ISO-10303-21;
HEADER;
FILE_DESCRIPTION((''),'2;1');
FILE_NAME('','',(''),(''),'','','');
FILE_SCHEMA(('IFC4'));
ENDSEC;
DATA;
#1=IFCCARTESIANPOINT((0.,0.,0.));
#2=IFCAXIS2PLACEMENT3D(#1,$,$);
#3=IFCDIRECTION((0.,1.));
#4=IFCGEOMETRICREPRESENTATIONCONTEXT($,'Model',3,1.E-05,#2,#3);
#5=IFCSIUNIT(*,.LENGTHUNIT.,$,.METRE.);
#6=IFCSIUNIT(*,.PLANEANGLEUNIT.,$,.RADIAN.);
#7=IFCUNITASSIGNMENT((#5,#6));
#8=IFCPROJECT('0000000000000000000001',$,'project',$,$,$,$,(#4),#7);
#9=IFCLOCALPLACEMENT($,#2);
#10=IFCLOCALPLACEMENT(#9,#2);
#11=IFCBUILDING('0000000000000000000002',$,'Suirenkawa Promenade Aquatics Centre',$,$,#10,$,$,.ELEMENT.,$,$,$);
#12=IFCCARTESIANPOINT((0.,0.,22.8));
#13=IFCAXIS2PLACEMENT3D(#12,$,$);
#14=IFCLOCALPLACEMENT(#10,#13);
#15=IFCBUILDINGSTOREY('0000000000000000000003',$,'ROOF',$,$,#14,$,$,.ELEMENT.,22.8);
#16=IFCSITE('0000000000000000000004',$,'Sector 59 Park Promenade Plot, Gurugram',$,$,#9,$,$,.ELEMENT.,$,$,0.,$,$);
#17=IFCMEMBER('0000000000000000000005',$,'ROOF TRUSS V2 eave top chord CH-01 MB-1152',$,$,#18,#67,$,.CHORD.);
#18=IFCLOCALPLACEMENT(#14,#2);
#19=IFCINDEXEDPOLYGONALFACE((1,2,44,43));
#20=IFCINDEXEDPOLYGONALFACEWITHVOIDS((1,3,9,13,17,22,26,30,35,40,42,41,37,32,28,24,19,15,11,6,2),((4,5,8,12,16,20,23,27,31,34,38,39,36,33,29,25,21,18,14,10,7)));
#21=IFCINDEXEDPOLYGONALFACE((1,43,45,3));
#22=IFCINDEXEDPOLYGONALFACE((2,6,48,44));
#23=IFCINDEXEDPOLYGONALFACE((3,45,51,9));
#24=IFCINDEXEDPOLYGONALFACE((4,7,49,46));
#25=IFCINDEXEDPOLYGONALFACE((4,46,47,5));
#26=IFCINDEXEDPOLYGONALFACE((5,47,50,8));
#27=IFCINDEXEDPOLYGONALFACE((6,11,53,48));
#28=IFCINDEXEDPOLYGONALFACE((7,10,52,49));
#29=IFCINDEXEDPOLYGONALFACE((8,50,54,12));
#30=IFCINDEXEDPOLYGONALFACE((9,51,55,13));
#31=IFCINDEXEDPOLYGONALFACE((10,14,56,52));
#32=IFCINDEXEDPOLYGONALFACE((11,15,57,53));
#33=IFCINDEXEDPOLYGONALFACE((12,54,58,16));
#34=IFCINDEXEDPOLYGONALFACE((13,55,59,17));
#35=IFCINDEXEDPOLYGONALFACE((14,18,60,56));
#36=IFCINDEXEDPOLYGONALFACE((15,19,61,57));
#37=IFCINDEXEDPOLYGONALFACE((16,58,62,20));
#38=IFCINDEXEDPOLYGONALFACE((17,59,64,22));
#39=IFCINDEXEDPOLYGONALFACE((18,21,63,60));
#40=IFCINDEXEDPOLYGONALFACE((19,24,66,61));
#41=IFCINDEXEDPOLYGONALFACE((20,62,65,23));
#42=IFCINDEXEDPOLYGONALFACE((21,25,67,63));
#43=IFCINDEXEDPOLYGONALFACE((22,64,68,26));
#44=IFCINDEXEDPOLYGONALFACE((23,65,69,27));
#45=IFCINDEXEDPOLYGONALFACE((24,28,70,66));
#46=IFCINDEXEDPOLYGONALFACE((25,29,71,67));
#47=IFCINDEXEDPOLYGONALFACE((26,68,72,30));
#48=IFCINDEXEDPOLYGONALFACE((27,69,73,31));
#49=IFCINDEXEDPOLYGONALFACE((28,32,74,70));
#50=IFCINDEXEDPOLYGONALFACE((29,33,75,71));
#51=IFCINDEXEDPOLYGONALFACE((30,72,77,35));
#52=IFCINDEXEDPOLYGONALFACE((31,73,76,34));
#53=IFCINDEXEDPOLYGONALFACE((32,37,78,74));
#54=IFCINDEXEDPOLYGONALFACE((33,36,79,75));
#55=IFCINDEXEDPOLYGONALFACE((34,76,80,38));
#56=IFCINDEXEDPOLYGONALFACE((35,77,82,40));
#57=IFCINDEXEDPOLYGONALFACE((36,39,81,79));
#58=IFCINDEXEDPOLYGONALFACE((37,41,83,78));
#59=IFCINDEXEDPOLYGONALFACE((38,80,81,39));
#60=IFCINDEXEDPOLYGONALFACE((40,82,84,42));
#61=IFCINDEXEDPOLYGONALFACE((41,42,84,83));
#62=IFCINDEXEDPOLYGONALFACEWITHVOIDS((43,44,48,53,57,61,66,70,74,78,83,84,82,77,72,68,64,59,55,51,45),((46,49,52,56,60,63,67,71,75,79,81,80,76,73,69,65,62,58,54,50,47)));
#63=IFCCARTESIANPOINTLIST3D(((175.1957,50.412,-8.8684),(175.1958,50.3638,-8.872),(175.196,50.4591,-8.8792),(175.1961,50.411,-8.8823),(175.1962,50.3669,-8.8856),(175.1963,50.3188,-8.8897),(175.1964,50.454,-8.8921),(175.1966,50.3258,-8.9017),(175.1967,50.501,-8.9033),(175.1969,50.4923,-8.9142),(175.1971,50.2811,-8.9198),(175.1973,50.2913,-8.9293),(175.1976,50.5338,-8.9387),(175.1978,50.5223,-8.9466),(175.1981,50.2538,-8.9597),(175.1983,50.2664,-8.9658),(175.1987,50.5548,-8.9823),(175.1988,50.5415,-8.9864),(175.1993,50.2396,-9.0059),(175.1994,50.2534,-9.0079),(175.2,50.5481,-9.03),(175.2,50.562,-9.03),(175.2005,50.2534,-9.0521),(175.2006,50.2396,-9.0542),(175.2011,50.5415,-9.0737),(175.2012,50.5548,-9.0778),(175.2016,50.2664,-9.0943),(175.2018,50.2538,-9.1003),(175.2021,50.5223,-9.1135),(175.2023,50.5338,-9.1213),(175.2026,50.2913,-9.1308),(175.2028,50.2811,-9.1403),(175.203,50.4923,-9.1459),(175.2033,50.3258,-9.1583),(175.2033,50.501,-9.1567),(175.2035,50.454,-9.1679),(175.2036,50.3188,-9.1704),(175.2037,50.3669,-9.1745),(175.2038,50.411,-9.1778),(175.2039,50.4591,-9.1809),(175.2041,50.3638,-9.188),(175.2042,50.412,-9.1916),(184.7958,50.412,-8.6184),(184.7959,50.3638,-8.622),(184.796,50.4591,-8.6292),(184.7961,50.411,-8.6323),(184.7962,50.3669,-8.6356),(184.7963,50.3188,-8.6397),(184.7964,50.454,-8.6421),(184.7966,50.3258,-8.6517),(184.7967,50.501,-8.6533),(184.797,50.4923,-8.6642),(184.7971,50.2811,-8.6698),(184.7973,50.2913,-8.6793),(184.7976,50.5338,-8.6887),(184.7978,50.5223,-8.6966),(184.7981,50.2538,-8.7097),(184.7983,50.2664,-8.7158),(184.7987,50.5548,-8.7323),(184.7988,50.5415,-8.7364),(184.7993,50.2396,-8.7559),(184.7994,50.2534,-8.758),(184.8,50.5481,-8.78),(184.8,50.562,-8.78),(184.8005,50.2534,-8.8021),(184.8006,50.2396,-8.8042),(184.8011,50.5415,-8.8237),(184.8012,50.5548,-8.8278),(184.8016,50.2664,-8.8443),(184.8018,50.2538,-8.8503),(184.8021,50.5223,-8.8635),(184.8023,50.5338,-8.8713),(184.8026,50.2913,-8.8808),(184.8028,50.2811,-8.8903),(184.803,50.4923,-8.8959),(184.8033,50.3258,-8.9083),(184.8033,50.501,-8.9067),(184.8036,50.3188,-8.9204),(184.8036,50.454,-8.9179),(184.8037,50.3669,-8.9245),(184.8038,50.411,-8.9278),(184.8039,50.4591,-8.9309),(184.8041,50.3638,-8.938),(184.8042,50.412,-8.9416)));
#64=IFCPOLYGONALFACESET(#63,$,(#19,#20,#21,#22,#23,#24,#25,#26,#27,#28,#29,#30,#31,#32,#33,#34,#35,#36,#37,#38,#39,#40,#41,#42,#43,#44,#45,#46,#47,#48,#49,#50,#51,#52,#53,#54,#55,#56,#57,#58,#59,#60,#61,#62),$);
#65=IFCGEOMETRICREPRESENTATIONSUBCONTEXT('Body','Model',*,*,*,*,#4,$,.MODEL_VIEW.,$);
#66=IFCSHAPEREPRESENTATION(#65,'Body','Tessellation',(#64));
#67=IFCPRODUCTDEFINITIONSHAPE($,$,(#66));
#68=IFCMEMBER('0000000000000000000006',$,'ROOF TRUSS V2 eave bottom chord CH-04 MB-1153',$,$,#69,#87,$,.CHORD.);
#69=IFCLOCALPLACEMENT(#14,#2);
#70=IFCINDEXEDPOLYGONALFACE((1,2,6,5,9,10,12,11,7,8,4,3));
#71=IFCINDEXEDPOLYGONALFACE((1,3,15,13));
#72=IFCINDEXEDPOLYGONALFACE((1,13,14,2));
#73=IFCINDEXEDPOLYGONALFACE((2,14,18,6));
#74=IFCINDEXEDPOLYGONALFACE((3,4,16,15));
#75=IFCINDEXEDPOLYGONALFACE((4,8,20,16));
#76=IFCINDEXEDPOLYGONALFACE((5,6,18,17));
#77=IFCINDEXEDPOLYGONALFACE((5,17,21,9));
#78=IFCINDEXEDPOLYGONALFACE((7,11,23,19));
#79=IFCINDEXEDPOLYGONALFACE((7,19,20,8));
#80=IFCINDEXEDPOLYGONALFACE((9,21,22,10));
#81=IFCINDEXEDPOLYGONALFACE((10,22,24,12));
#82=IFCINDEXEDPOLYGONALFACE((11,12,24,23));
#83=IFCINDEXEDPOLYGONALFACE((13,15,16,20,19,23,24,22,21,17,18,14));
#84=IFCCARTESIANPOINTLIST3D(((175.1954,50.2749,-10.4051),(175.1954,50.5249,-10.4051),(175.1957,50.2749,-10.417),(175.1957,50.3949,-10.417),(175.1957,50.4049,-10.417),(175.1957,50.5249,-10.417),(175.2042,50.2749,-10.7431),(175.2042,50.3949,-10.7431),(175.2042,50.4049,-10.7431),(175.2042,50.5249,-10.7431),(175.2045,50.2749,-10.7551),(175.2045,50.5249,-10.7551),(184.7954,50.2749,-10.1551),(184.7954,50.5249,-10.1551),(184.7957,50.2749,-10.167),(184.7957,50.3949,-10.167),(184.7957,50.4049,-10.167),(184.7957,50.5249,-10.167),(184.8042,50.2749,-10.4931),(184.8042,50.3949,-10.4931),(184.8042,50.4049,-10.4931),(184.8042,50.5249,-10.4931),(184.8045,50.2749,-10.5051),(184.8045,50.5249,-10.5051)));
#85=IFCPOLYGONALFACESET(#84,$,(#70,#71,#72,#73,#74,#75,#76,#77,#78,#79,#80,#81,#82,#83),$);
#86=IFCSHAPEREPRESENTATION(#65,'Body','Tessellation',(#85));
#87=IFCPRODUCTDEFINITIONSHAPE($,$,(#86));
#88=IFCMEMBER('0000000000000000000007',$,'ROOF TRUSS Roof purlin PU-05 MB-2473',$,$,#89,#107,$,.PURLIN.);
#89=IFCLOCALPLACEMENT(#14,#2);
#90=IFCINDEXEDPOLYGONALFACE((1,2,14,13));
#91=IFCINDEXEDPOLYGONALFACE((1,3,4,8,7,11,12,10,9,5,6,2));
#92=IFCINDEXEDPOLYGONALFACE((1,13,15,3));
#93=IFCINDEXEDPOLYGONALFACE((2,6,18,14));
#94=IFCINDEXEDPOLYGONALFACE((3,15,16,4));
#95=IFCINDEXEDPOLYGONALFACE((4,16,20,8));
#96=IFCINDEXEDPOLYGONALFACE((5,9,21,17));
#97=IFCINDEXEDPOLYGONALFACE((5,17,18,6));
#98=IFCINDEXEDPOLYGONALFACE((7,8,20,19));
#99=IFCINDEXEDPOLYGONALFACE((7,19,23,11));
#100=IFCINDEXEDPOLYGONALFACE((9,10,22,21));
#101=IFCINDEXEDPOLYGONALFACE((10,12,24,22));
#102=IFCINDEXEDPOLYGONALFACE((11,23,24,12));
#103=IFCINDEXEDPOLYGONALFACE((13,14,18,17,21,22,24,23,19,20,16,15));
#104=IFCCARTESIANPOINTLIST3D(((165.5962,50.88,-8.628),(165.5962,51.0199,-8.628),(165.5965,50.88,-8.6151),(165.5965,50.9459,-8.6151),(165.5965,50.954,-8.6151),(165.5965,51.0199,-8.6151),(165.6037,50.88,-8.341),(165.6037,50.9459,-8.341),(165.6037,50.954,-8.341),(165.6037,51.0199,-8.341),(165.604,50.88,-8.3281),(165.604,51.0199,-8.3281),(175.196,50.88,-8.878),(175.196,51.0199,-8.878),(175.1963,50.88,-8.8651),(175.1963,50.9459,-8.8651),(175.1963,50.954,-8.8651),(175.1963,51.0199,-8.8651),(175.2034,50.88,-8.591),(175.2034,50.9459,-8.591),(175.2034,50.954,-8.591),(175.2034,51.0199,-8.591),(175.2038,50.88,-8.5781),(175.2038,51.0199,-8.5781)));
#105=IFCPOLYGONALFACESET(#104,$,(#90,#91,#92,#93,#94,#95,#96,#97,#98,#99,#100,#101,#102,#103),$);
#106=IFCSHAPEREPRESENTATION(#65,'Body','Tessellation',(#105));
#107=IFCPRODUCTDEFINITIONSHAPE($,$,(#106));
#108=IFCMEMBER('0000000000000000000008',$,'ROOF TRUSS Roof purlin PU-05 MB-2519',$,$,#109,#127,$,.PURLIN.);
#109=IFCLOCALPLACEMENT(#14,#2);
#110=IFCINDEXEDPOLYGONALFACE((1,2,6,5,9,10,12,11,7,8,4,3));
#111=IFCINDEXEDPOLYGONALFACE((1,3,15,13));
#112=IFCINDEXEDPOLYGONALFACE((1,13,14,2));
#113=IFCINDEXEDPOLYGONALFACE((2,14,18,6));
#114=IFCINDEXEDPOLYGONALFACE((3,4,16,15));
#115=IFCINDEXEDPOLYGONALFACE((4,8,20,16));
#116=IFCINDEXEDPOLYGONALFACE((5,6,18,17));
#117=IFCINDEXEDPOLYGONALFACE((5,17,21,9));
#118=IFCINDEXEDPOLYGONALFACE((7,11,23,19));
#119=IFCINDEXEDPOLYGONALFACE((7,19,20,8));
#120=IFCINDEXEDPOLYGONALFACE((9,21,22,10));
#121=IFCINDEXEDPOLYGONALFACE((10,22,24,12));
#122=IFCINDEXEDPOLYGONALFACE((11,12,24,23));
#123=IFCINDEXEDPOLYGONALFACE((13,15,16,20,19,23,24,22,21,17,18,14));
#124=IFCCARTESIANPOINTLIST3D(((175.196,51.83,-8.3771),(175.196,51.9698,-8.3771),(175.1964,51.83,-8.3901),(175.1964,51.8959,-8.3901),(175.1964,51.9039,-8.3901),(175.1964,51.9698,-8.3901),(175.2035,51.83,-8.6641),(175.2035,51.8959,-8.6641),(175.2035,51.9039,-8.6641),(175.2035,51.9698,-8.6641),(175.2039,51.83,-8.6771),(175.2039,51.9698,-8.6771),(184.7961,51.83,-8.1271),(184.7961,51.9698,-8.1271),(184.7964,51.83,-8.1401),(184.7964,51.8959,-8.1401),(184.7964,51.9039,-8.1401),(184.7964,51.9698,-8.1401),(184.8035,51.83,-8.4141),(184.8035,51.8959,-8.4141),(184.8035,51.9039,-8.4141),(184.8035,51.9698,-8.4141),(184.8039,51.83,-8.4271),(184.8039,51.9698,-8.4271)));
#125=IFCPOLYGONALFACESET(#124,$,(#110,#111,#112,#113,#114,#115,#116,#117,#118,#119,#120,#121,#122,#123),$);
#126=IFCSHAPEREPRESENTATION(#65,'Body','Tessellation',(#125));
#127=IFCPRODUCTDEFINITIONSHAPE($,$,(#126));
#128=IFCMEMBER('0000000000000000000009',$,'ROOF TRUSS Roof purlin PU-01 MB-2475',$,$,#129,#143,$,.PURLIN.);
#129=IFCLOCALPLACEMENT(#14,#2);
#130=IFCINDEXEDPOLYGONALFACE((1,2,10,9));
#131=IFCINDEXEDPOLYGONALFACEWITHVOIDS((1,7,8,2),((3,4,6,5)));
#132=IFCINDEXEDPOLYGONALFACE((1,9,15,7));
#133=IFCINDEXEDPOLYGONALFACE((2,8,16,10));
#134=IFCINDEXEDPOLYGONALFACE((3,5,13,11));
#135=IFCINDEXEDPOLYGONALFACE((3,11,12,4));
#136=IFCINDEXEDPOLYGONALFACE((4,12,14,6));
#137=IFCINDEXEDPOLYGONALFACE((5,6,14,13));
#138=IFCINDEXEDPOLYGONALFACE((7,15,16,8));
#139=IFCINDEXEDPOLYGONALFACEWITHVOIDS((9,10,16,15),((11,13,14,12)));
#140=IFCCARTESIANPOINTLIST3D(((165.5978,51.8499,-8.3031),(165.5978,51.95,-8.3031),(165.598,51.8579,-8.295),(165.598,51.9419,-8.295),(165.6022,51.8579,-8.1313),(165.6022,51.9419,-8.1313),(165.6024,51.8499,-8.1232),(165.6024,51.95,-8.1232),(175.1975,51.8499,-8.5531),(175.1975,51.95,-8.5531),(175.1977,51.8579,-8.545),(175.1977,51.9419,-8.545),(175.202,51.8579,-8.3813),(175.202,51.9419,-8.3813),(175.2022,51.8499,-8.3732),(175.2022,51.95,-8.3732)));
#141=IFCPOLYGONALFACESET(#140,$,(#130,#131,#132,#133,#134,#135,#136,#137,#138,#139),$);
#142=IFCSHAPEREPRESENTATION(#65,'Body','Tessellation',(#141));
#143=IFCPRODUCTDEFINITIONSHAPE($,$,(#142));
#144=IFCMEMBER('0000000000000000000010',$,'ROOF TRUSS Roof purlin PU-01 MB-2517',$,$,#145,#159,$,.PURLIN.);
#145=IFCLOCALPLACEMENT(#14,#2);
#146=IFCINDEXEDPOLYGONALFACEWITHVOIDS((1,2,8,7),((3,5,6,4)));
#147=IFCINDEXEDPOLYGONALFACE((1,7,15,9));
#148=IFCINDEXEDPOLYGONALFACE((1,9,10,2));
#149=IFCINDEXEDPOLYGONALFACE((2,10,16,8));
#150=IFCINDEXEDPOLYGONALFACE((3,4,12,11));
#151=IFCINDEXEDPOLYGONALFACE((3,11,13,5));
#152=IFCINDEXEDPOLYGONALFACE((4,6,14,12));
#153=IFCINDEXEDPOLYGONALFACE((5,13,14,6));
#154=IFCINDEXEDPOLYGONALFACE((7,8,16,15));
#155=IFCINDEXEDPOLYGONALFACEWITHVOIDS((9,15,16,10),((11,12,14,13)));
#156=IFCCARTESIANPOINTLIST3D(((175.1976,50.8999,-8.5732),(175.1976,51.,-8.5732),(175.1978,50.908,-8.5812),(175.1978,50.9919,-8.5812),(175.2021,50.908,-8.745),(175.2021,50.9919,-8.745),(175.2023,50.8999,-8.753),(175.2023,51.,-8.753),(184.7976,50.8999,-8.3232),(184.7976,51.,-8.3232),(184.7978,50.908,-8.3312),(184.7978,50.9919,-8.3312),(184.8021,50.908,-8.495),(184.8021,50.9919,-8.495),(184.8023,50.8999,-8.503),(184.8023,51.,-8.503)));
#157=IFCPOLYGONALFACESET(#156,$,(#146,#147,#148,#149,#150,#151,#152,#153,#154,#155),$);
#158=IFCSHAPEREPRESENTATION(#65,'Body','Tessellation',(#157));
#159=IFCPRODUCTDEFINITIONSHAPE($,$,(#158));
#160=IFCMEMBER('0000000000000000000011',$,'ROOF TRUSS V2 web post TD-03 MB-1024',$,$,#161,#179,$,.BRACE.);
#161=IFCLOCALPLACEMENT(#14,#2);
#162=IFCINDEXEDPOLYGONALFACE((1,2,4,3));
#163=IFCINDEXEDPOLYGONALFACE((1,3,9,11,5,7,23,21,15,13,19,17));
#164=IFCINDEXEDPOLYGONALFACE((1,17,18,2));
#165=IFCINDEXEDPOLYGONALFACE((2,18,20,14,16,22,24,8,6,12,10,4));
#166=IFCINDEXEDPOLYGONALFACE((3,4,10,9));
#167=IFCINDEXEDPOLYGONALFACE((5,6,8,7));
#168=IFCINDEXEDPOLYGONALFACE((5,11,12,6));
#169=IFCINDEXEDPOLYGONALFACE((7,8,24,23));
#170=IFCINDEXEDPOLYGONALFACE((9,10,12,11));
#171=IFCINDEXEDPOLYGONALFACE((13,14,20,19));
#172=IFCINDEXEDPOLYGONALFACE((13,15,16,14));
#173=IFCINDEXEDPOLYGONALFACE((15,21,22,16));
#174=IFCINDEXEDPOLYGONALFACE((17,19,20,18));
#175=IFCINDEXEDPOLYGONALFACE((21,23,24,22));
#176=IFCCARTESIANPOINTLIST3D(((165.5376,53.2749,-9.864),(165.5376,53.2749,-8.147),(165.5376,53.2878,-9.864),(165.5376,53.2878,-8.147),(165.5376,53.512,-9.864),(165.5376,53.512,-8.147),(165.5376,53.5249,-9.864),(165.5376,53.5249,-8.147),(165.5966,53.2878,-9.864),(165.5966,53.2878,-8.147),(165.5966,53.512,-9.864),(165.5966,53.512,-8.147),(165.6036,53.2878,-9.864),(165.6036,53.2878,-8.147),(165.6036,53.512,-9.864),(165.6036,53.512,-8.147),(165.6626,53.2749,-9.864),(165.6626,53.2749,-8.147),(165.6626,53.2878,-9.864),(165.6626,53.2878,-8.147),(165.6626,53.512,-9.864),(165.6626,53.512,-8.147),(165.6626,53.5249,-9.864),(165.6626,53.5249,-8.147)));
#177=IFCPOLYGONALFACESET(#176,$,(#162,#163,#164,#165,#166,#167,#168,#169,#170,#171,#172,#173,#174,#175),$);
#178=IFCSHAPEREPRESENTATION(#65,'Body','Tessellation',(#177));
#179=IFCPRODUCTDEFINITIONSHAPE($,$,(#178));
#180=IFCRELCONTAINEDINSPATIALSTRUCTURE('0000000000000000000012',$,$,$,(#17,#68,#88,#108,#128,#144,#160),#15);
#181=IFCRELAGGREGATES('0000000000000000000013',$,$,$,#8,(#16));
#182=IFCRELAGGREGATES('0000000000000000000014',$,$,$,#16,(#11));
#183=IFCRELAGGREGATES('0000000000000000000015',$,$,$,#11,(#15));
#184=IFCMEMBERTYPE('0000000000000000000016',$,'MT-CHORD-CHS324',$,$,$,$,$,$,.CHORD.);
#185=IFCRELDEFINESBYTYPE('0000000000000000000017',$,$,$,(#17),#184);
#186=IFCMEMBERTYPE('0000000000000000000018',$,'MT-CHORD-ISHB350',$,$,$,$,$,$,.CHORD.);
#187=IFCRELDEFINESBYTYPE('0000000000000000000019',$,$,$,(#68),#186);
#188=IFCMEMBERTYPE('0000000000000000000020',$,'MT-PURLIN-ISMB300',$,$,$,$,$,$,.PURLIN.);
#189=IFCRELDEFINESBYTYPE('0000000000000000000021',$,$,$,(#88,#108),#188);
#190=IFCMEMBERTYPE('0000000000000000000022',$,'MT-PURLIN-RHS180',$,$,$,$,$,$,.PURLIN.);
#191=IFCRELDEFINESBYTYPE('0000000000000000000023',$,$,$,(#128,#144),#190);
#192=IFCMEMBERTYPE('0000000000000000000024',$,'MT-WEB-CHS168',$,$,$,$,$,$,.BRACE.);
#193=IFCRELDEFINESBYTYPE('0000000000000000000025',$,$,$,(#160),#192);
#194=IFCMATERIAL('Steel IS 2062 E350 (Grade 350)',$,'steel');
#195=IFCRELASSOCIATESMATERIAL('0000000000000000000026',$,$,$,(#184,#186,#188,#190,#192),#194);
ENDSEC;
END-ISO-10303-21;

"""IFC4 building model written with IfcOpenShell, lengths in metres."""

from ifc_helpers import new_model, si_unit, direction, frame, origin, origin_2d, place, context, subcontext, project, spatial, hollow_rectangle, hollow_circle, i_section, extrude, material, material_profile, profile_set, type_object, element, save


model = new_model("IFC4")

# Units and contexts
model_context = context("Model", 3, precision=1e-05, world=origin(), true_north=direction((0.0, 1.0)))
body_context = subcontext(model_context, "Body", "Model", "MODEL_VIEW")
ifc_project = project(units=[si_unit("LENGTHUNIT", "METRE"), si_unit("PLANEANGLEUNIT", "RADIAN")], contexts=[model_context])

# Site, building, storey
site_placement = place(None, origin())
site = spatial("IfcSite", under=ifc_project, at=site_placement, Name="Sector 59 Park Promenade Plot, Gurugram", CompositionType="ELEMENT", RefElevation=0.0)
building_placement = place(site_placement, origin())
building = spatial("IfcBuilding", under=site, at=building_placement, Name="Suirenkawa Promenade Aquatics Centre", CompositionType="ELEMENT")
storey_placement = place(building_placement, frame((0.0, 0.0, 22.8)))
storey = spatial("IfcBuildingStorey", under=building, at=storey_placement, Name="ROOF", CompositionType="ELEMENT", Elevation=22.8)

# Shared definitions
ifc_material_1 = material(Name="Steel IS 2062 E350 (Grade 350)", Category="steel")

# Members
ifc_material_profile_1 = material_profile(ifc_material_1, hollow_circle(Radius=0.1621, WallThickness=0.0139, at=origin_2d()), Name="CHS 324x14", Category="steel")
ifc_profile_set_1 = profile_set([ifc_material_profile_1], Name="Steel IS 2062 E350 (Grade 350)")
member_type_1 = type_object("IfcMemberType", Name="MT-CHORD-CHS324", PredefinedType="CHORD", material=ifc_profile_set_1)
member_1_placement = place(storey_placement, frame((175.2, 50.3999, -9.03), z_axis=(0.999661, 0.0, 0.026033), x_axis=(0.0, 1.0, 0.0)))
element("IfcMember", 1, at=member_1_placement, inside=storey, type_object=member_type_1, Name="ROOF TRUSS V2 eave top chord CH-01 MB-1152", PredefinedType="CHORD", context=body_context, shape_type="SweptSolid", body=[
    extrude(hollow_circle(Radius=0.1621, WallThickness=0.0139, at=origin_2d()), origin(), (0.0, 0.0, 1.0), 9.6033),
])
ifc_material_profile_2 = material_profile(ifc_material_1, i_section(OverallWidth=0.25, OverallDepth=0.3501, WebThickness=0.01, FlangeThickness=0.012, at=origin_2d()), Name="ISHB 350", Category="steel")
ifc_profile_set_2 = profile_set([ifc_material_profile_2], Name="Steel IS 2062 E350 (Grade 350)")
member_type_2 = type_object("IfcMemberType", Name="MT-CHORD-ISHB350", PredefinedType="CHORD", material=ifc_profile_set_2)
member_2_placement = place(storey_placement, frame((175.2, 50.3999, -10.5801), z_axis=(0.999661, 0.0, 0.026033), x_axis=(0.0, 1.0, 0.0)))
element("IfcMember", 2, at=member_2_placement, inside=storey, type_object=member_type_2, Name="ROOF TRUSS V2 eave bottom chord CH-04 MB-1153", PredefinedType="CHORD", context=body_context, shape_type="SweptSolid", body=[
    extrude(i_section(OverallWidth=0.25, OverallDepth=0.3501, WebThickness=0.01, FlangeThickness=0.012, at=origin_2d()), origin(), (0.0, 0.0, 1.0), 9.6033),
])
ifc_material_profile_3 = material_profile(ifc_material_1, i_section(OverallWidth=0.1399, OverallDepth=0.3, WebThickness=0.0081, FlangeThickness=0.0129, at=origin_2d()), Name="ISMB 300", Category="steel")
ifc_profile_set_3 = profile_set([ifc_material_profile_3], Name="Steel IS 2062 E350 (Grade 350)")
member_type_3 = type_object("IfcMemberType", Name="MT-PURLIN-ISMB300", PredefinedType="PURLIN", material=ifc_profile_set_3)
member_3_placement = place(storey_placement, frame((165.6001, 50.95, -8.478), z_axis=(0.999661, 0.0, -0.026033), x_axis=(0.0, 1.0, 0.0)))
element("IfcMember", 3, at=member_3_placement, inside=storey, type_object=member_type_3, Name="ROOF TRUSS Roof purlin PU-05 MB-2473", PredefinedType="PURLIN", context=body_context, shape_type="SweptSolid", body=[
    extrude(i_section(OverallWidth=0.1399, OverallDepth=0.3, WebThickness=0.0081, FlangeThickness=0.0129, at=origin_2d()), origin(), (0.0, 0.0, 1.0), 9.603),
])
member_4_placement = place(storey_placement, frame((175.2, 51.8999, -8.5271), z_axis=(0.999661, 0.0, 0.026033), x_axis=(0.0, 1.0, 0.0)))
element("IfcMember", 4, at=member_4_placement, inside=storey, type_object=member_type_3, Name="ROOF TRUSS Roof purlin PU-05 MB-2519", PredefinedType="PURLIN", context=body_context, shape_type="SweptSolid", body=[
    extrude(i_section(OverallWidth=0.1399, OverallDepth=0.3, WebThickness=0.0081, FlangeThickness=0.0129, at=origin_2d()), origin(), (0.0, 0.0, 1.0), 9.6033),
])
ifc_material_profile_4 = material_profile(ifc_material_1, hollow_rectangle(XDim=0.1001, YDim=0.1799, WallThickness=0.0081, at=origin_2d()), Name="RHS 180x100x8", Category="steel")
ifc_profile_set_4 = profile_set([ifc_material_profile_4], Name="Steel IS 2062 E350 (Grade 350)")
member_type_4 = type_object("IfcMemberType", Name="MT-PURLIN-RHS180", PredefinedType="PURLIN", material=ifc_profile_set_4)
member_5_placement = place(storey_placement, frame((165.6001, 51.8999, -8.2131), z_axis=(0.999661, 0.0, -0.026033), x_axis=(0.0, 1.0, 0.0)))
element("IfcMember", 5, at=member_5_placement, inside=storey, type_object=member_type_4, Name="ROOF TRUSS Roof purlin PU-01 MB-2475", PredefinedType="PURLIN", context=body_context, shape_type="SweptSolid", body=[
    extrude(hollow_rectangle(XDim=0.1001, YDim=0.1799, WallThickness=0.0081, at=origin_2d()), origin(), (0.0, 0.0, 1.0), 9.603),
])
member_6_placement = place(storey_placement, frame((175.2, 50.95, -8.6631), z_axis=(0.999661, 0.0, 0.026033), x_axis=(0.0, 1.0, 0.0)))
element("IfcMember", 6, at=member_6_placement, inside=storey, type_object=member_type_4, Name="ROOF TRUSS Roof purlin PU-01 MB-2517", PredefinedType="PURLIN", context=body_context, shape_type="SweptSolid", body=[
    extrude(hollow_rectangle(XDim=0.1001, YDim=0.1799, WallThickness=0.0081, at=origin_2d()), origin(), (0.0, 0.0, 1.0), 9.6033),
])
ifc_material_profile_5 = material_profile(ifc_material_1, i_section(OverallWidth=0.125, OverallDepth=0.25, WebThickness=0.0071, FlangeThickness=0.0129, at=origin_2d()), Name="ISMB 250", Category="steel")
ifc_profile_set_5 = profile_set([ifc_material_profile_5], Name="Steel IS 2062 E350 (Grade 350)")
member_type_5 = type_object("IfcMemberType", Name="MT-WEB-CHS168", PredefinedType="BRACE", material=ifc_profile_set_5)
member_7_placement = place(storey_placement, frame((165.6001, 53.3999, -9.864), z_axis=(0.0, 0.0, 1.0), x_axis=(1.0, 0.0, 0.0)))
element("IfcMember", 7, at=member_7_placement, inside=storey, type_object=member_type_5, Name="ROOF TRUSS V2 web post TD-03 MB-1024", PredefinedType="BRACE", context=body_context, shape_type="SweptSolid", body=[
    extrude(i_section(OverallWidth=0.125, OverallDepth=0.25, WebThickness=0.0071, FlangeThickness=0.0129, at=origin_2d()), origin(), (0.0, 0.0, 1.0), 1.717),
])

save(model, "model.ifc")
